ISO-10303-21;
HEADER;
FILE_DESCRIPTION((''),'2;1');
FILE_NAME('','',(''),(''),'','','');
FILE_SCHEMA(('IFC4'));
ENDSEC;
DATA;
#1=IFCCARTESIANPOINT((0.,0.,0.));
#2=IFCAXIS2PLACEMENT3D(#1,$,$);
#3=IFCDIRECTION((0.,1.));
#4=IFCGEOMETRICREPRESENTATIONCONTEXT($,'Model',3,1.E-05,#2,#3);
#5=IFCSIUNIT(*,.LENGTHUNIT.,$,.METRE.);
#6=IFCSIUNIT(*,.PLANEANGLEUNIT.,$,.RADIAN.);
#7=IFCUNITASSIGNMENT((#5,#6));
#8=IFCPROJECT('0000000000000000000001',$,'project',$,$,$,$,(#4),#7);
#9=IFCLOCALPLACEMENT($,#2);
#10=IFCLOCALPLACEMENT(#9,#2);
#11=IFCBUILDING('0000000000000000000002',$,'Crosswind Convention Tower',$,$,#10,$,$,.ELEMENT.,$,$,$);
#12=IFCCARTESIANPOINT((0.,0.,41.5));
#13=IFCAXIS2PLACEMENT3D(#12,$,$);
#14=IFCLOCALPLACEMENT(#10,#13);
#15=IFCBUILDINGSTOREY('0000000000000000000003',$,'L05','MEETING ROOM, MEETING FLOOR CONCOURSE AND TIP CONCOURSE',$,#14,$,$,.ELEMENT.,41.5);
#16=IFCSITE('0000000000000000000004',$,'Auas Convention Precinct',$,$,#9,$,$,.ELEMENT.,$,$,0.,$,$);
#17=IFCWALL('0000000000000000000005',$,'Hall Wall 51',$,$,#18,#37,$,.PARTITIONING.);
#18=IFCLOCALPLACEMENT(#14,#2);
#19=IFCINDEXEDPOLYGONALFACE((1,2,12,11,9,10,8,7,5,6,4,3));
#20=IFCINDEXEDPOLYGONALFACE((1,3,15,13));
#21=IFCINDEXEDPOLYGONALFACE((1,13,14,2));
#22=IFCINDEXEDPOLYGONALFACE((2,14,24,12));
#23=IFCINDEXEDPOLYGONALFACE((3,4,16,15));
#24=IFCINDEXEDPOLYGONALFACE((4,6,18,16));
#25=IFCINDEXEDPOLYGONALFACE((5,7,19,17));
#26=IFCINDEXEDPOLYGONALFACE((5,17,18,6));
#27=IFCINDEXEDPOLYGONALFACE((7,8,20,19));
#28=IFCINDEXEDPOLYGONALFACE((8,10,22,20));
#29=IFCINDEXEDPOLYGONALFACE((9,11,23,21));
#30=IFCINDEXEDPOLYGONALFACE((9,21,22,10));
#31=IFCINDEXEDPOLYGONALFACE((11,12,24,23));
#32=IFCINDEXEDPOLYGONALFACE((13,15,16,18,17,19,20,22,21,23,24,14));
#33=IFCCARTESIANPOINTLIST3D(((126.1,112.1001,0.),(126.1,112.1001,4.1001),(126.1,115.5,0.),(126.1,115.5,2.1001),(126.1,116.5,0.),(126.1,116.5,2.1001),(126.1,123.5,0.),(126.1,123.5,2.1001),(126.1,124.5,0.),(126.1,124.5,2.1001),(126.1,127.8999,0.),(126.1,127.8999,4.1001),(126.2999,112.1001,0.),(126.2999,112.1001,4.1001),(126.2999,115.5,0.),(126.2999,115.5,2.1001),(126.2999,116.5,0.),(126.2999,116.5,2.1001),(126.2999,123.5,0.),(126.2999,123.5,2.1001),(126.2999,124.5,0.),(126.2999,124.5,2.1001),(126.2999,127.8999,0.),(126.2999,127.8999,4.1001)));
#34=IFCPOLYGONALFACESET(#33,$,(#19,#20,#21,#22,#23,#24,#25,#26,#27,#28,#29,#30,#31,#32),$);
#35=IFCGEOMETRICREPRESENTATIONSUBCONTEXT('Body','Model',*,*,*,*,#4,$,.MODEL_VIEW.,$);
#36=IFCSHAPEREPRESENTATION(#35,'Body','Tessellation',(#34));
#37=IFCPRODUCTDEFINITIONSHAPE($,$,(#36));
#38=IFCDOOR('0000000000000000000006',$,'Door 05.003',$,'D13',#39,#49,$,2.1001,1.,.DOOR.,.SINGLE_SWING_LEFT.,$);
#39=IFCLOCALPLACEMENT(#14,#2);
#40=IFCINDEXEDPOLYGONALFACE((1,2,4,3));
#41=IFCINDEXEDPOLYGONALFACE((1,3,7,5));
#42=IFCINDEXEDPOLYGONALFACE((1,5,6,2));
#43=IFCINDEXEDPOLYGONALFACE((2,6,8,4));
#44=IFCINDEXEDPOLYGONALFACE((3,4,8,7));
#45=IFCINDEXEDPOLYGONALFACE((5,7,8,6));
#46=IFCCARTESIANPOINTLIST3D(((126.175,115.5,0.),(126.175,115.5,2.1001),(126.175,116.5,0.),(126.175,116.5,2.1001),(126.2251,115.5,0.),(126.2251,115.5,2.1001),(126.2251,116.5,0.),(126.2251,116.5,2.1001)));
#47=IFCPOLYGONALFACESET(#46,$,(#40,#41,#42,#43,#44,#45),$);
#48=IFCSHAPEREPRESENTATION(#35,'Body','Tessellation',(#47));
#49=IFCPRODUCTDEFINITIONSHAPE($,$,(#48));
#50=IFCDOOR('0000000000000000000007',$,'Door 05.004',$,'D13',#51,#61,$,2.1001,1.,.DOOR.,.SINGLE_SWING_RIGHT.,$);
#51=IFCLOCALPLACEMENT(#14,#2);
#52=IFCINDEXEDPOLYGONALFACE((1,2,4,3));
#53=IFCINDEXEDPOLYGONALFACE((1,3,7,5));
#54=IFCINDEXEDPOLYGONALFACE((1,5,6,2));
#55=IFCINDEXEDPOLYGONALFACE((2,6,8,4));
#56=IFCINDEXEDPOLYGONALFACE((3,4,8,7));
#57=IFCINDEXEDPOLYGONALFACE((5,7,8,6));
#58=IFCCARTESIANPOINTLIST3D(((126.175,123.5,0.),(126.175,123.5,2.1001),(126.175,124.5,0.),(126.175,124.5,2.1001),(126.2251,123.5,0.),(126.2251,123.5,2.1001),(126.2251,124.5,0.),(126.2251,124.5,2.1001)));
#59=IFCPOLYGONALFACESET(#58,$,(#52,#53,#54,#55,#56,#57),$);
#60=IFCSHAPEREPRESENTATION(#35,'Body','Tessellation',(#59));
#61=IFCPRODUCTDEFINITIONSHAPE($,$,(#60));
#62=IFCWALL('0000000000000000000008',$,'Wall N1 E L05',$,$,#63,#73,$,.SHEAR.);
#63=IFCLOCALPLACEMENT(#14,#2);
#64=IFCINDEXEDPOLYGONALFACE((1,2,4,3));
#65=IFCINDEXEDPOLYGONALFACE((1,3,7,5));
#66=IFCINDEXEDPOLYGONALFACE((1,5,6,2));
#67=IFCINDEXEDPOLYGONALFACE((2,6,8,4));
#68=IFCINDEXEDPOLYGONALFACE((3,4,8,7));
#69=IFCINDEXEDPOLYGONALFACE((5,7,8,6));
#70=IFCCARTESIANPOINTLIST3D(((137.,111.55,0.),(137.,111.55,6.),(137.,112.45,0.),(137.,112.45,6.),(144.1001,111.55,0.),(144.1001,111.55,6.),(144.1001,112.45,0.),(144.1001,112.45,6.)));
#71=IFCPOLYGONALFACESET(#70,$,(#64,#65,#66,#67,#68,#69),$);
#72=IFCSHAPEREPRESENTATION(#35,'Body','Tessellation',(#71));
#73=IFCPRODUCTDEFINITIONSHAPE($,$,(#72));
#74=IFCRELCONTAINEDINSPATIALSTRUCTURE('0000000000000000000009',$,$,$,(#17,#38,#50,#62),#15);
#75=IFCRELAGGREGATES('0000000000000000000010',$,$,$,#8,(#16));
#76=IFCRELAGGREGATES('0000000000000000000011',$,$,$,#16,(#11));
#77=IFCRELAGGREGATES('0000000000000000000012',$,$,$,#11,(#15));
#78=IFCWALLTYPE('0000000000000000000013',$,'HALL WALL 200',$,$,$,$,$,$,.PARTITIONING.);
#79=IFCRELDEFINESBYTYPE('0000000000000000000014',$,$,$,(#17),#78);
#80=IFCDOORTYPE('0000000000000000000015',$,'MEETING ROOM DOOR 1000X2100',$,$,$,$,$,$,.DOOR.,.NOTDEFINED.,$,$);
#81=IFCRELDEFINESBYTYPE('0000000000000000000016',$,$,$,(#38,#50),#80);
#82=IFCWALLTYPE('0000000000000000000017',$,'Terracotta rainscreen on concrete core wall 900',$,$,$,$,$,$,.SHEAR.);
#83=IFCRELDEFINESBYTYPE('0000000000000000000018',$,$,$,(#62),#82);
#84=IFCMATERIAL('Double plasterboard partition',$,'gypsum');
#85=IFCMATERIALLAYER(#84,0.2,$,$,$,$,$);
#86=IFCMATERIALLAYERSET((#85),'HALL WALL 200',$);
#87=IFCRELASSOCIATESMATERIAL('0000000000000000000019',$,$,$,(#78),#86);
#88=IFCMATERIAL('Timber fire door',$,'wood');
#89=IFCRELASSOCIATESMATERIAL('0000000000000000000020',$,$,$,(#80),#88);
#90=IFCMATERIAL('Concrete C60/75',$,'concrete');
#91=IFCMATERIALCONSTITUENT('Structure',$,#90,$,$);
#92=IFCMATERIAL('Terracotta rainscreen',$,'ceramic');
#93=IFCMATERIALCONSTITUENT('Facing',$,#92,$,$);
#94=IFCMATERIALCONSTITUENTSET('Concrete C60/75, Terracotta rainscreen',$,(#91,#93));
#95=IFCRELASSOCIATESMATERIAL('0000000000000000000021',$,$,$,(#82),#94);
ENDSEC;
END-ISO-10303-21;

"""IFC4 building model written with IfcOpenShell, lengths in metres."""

from ifc_helpers import new_model, si_unit, direction, frame, frame_2d, origin, place, context, subcontext, project, spatial, rectangle, extrude, material, layer, layer_set, constituent, constituent_set, type_object, element, fill, save


model = new_model("IFC4")

# Units and contexts
model_context = context("Model", 3, precision=1e-05, world=origin(), true_north=direction((0.0, 1.0)))
body_context = subcontext(model_context, "Body", "Model", "MODEL_VIEW")
ifc_project = project(units=[si_unit("LENGTHUNIT", "METRE"), si_unit("PLANEANGLEUNIT", "RADIAN")], contexts=[model_context])

# Site, building, storey
site_placement = place(None, origin())
site = spatial("IfcSite", under=ifc_project, at=site_placement, Name="Auas Convention Precinct", CompositionType="ELEMENT", RefElevation=0.0)
building_placement = place(site_placement, origin())
building = spatial("IfcBuilding", under=site, at=building_placement, Name="Crosswind Convention Tower", CompositionType="ELEMENT")
storey_placement = place(building_placement, frame((0.0, 0.0, 41.5)))
storey = spatial("IfcBuildingStorey", under=building, at=storey_placement, Name="L05", Description="MEETING ROOM, MEETING FLOOR CONCOURSE AND TIP CONCOURSE", CompositionType="ELEMENT", Elevation=41.5)

# Shared definitions
ifc_material_1 = material(Name="Double plasterboard partition", Category="gypsum")
ifc_layer_1 = layer(ifc_material_1, 0.2)
ifc_layer_set_1 = layer_set([ifc_layer_1], Name="HALL WALL 200")
wall_type_1 = type_object("IfcWallType", Name="HALL WALL 200", PredefinedType="PARTITIONING", material=ifc_layer_set_1)

# Wall, openings, doors
ifc_material_2 = material(Name="Timber fire door", Category="wood")
door_type = type_object("IfcDoorType", Name="MEETING ROOM DOOR 1000X2100", OperationType="NOTDEFINED", PredefinedType="DOOR", material=ifc_material_2)
wall_1_placement = place(storey_placement, frame((126.2, 112.1001, 0.0), z_axis=(0.0, 0.0, 1.0), x_axis=(0.0, 1.0, 0.0)))
wall_1 = element("IfcWall", 1, at=wall_1_placement, inside=storey, type_object=wall_type_1, Name="Hall Wall 51", PredefinedType="PARTITIONING", context=body_context, shape_type="SweptSolid", body=[
    extrude(rectangle(XDim=15.7998, YDim=0.2, at=frame_2d((7.8999, 0.0))), origin(), (0.0, 0.0, 1.0), 4.1001),
])
opening_1_placement = place(wall_1_placement, frame((3.3999, 0.0, 0.0)))
opening_1 = element("IfcOpeningElement", 2, at=opening_1_placement, cuts=wall_1, PredefinedType="OPENING", context=body_context, shape_type="SweptSolid", body=[
    extrude(rectangle(XDim=1.0, YDim=2.1001, at=frame_2d((0.5, 1.05))), frame((0.0, 0.1099, 0.0), z_axis=(0.0, -1.0, 0.0), x_axis=(1.0, 0.0, 0.0)), (0.0, 0.0, 1.0), 0.22),
])
opening_2_placement = place(wall_1_placement, frame((11.3999, 0.0, 0.0)))
opening_2 = element("IfcOpeningElement", 3, at=opening_2_placement, cuts=wall_1, PredefinedType="OPENING", context=body_context, shape_type="SweptSolid", body=[
    extrude(rectangle(XDim=1.0, YDim=2.1001, at=frame_2d((0.5, 1.05))), frame((0.0, 0.1099, 0.0), z_axis=(0.0, -1.0, 0.0), x_axis=(1.0, 0.0, 0.0)), (0.0, 0.0, 1.0), 0.22),
])
door_1_placement = place(opening_1_placement, origin())
door_1 = element("IfcDoor", 4, at=door_1_placement, inside=storey, type_object=door_type, Name="Door 05.003", ObjectType="D13", OperationType="SINGLE_SWING_LEFT", OverallHeight=2.1001, OverallWidth=1.0, PredefinedType="DOOR", context=body_context, shape_type="SweptSolid", body=[
    extrude(rectangle(XDim=1.0, YDim=2.1001, at=frame_2d((0.5, 1.05))), frame((0.0, 0.0249, 0.0), z_axis=(0.0, -1.0, 0.0), x_axis=(1.0, 0.0, 0.0)), (0.0, 0.0, 1.0), 0.05),
])
fill(opening_1, door_1)
door_2_placement = place(opening_2_placement, origin())
door_2 = element("IfcDoor", 5, at=door_2_placement, inside=storey, type_object=door_type, Name="Door 05.004", ObjectType="D13", OperationType="SINGLE_SWING_RIGHT", OverallHeight=2.1001, OverallWidth=1.0, PredefinedType="DOOR", context=body_context, shape_type="SweptSolid", body=[
    extrude(rectangle(XDim=1.0, YDim=2.1001, at=frame_2d((0.5, 1.05))), frame((0.0, 0.0249, 0.0), z_axis=(0.0, -1.0, 0.0), x_axis=(1.0, 0.0, 0.0)), (0.0, 0.0, 1.0), 0.05),
])
fill(opening_2, door_2)

# Wall
ifc_material_3 = material(Name="Concrete C60/75", Category="concrete")
ifc_constituent_1 = constituent(ifc_material_3, Name="Structure")
ifc_material_4 = material(Name="Terracotta rainscreen", Category="ceramic")
ifc_constituent_2 = constituent(ifc_material_4, Name="Facing")
ifc_constituent_set = constituent_set(constituents=[ifc_constituent_1, ifc_constituent_2], Name="Concrete C60/75, Terracotta rainscreen")
wall_type_2 = type_object("IfcWallType", Name="Terracotta rainscreen on concrete core wall 900", PredefinedType="SHEAR", material=ifc_constituent_set)
wall_2_placement = place(storey_placement, frame((137.0, 112.0, 0.0), z_axis=(0.0, 0.0, 1.0), x_axis=(1.0, 0.0, 0.0)))
element("IfcWall", 6, at=wall_2_placement, inside=storey, type_object=wall_type_2, Name="Wall N1 E L05", PredefinedType="SHEAR", context=body_context, shape_type="SweptSolid", body=[
    extrude(rectangle(XDim=7.1001, YDim=0.8999, at=frame_2d((3.55, 0.0))), origin(), (0.0, 0.0, 1.0), 6.0),
])

save(model, "model.ifc")
